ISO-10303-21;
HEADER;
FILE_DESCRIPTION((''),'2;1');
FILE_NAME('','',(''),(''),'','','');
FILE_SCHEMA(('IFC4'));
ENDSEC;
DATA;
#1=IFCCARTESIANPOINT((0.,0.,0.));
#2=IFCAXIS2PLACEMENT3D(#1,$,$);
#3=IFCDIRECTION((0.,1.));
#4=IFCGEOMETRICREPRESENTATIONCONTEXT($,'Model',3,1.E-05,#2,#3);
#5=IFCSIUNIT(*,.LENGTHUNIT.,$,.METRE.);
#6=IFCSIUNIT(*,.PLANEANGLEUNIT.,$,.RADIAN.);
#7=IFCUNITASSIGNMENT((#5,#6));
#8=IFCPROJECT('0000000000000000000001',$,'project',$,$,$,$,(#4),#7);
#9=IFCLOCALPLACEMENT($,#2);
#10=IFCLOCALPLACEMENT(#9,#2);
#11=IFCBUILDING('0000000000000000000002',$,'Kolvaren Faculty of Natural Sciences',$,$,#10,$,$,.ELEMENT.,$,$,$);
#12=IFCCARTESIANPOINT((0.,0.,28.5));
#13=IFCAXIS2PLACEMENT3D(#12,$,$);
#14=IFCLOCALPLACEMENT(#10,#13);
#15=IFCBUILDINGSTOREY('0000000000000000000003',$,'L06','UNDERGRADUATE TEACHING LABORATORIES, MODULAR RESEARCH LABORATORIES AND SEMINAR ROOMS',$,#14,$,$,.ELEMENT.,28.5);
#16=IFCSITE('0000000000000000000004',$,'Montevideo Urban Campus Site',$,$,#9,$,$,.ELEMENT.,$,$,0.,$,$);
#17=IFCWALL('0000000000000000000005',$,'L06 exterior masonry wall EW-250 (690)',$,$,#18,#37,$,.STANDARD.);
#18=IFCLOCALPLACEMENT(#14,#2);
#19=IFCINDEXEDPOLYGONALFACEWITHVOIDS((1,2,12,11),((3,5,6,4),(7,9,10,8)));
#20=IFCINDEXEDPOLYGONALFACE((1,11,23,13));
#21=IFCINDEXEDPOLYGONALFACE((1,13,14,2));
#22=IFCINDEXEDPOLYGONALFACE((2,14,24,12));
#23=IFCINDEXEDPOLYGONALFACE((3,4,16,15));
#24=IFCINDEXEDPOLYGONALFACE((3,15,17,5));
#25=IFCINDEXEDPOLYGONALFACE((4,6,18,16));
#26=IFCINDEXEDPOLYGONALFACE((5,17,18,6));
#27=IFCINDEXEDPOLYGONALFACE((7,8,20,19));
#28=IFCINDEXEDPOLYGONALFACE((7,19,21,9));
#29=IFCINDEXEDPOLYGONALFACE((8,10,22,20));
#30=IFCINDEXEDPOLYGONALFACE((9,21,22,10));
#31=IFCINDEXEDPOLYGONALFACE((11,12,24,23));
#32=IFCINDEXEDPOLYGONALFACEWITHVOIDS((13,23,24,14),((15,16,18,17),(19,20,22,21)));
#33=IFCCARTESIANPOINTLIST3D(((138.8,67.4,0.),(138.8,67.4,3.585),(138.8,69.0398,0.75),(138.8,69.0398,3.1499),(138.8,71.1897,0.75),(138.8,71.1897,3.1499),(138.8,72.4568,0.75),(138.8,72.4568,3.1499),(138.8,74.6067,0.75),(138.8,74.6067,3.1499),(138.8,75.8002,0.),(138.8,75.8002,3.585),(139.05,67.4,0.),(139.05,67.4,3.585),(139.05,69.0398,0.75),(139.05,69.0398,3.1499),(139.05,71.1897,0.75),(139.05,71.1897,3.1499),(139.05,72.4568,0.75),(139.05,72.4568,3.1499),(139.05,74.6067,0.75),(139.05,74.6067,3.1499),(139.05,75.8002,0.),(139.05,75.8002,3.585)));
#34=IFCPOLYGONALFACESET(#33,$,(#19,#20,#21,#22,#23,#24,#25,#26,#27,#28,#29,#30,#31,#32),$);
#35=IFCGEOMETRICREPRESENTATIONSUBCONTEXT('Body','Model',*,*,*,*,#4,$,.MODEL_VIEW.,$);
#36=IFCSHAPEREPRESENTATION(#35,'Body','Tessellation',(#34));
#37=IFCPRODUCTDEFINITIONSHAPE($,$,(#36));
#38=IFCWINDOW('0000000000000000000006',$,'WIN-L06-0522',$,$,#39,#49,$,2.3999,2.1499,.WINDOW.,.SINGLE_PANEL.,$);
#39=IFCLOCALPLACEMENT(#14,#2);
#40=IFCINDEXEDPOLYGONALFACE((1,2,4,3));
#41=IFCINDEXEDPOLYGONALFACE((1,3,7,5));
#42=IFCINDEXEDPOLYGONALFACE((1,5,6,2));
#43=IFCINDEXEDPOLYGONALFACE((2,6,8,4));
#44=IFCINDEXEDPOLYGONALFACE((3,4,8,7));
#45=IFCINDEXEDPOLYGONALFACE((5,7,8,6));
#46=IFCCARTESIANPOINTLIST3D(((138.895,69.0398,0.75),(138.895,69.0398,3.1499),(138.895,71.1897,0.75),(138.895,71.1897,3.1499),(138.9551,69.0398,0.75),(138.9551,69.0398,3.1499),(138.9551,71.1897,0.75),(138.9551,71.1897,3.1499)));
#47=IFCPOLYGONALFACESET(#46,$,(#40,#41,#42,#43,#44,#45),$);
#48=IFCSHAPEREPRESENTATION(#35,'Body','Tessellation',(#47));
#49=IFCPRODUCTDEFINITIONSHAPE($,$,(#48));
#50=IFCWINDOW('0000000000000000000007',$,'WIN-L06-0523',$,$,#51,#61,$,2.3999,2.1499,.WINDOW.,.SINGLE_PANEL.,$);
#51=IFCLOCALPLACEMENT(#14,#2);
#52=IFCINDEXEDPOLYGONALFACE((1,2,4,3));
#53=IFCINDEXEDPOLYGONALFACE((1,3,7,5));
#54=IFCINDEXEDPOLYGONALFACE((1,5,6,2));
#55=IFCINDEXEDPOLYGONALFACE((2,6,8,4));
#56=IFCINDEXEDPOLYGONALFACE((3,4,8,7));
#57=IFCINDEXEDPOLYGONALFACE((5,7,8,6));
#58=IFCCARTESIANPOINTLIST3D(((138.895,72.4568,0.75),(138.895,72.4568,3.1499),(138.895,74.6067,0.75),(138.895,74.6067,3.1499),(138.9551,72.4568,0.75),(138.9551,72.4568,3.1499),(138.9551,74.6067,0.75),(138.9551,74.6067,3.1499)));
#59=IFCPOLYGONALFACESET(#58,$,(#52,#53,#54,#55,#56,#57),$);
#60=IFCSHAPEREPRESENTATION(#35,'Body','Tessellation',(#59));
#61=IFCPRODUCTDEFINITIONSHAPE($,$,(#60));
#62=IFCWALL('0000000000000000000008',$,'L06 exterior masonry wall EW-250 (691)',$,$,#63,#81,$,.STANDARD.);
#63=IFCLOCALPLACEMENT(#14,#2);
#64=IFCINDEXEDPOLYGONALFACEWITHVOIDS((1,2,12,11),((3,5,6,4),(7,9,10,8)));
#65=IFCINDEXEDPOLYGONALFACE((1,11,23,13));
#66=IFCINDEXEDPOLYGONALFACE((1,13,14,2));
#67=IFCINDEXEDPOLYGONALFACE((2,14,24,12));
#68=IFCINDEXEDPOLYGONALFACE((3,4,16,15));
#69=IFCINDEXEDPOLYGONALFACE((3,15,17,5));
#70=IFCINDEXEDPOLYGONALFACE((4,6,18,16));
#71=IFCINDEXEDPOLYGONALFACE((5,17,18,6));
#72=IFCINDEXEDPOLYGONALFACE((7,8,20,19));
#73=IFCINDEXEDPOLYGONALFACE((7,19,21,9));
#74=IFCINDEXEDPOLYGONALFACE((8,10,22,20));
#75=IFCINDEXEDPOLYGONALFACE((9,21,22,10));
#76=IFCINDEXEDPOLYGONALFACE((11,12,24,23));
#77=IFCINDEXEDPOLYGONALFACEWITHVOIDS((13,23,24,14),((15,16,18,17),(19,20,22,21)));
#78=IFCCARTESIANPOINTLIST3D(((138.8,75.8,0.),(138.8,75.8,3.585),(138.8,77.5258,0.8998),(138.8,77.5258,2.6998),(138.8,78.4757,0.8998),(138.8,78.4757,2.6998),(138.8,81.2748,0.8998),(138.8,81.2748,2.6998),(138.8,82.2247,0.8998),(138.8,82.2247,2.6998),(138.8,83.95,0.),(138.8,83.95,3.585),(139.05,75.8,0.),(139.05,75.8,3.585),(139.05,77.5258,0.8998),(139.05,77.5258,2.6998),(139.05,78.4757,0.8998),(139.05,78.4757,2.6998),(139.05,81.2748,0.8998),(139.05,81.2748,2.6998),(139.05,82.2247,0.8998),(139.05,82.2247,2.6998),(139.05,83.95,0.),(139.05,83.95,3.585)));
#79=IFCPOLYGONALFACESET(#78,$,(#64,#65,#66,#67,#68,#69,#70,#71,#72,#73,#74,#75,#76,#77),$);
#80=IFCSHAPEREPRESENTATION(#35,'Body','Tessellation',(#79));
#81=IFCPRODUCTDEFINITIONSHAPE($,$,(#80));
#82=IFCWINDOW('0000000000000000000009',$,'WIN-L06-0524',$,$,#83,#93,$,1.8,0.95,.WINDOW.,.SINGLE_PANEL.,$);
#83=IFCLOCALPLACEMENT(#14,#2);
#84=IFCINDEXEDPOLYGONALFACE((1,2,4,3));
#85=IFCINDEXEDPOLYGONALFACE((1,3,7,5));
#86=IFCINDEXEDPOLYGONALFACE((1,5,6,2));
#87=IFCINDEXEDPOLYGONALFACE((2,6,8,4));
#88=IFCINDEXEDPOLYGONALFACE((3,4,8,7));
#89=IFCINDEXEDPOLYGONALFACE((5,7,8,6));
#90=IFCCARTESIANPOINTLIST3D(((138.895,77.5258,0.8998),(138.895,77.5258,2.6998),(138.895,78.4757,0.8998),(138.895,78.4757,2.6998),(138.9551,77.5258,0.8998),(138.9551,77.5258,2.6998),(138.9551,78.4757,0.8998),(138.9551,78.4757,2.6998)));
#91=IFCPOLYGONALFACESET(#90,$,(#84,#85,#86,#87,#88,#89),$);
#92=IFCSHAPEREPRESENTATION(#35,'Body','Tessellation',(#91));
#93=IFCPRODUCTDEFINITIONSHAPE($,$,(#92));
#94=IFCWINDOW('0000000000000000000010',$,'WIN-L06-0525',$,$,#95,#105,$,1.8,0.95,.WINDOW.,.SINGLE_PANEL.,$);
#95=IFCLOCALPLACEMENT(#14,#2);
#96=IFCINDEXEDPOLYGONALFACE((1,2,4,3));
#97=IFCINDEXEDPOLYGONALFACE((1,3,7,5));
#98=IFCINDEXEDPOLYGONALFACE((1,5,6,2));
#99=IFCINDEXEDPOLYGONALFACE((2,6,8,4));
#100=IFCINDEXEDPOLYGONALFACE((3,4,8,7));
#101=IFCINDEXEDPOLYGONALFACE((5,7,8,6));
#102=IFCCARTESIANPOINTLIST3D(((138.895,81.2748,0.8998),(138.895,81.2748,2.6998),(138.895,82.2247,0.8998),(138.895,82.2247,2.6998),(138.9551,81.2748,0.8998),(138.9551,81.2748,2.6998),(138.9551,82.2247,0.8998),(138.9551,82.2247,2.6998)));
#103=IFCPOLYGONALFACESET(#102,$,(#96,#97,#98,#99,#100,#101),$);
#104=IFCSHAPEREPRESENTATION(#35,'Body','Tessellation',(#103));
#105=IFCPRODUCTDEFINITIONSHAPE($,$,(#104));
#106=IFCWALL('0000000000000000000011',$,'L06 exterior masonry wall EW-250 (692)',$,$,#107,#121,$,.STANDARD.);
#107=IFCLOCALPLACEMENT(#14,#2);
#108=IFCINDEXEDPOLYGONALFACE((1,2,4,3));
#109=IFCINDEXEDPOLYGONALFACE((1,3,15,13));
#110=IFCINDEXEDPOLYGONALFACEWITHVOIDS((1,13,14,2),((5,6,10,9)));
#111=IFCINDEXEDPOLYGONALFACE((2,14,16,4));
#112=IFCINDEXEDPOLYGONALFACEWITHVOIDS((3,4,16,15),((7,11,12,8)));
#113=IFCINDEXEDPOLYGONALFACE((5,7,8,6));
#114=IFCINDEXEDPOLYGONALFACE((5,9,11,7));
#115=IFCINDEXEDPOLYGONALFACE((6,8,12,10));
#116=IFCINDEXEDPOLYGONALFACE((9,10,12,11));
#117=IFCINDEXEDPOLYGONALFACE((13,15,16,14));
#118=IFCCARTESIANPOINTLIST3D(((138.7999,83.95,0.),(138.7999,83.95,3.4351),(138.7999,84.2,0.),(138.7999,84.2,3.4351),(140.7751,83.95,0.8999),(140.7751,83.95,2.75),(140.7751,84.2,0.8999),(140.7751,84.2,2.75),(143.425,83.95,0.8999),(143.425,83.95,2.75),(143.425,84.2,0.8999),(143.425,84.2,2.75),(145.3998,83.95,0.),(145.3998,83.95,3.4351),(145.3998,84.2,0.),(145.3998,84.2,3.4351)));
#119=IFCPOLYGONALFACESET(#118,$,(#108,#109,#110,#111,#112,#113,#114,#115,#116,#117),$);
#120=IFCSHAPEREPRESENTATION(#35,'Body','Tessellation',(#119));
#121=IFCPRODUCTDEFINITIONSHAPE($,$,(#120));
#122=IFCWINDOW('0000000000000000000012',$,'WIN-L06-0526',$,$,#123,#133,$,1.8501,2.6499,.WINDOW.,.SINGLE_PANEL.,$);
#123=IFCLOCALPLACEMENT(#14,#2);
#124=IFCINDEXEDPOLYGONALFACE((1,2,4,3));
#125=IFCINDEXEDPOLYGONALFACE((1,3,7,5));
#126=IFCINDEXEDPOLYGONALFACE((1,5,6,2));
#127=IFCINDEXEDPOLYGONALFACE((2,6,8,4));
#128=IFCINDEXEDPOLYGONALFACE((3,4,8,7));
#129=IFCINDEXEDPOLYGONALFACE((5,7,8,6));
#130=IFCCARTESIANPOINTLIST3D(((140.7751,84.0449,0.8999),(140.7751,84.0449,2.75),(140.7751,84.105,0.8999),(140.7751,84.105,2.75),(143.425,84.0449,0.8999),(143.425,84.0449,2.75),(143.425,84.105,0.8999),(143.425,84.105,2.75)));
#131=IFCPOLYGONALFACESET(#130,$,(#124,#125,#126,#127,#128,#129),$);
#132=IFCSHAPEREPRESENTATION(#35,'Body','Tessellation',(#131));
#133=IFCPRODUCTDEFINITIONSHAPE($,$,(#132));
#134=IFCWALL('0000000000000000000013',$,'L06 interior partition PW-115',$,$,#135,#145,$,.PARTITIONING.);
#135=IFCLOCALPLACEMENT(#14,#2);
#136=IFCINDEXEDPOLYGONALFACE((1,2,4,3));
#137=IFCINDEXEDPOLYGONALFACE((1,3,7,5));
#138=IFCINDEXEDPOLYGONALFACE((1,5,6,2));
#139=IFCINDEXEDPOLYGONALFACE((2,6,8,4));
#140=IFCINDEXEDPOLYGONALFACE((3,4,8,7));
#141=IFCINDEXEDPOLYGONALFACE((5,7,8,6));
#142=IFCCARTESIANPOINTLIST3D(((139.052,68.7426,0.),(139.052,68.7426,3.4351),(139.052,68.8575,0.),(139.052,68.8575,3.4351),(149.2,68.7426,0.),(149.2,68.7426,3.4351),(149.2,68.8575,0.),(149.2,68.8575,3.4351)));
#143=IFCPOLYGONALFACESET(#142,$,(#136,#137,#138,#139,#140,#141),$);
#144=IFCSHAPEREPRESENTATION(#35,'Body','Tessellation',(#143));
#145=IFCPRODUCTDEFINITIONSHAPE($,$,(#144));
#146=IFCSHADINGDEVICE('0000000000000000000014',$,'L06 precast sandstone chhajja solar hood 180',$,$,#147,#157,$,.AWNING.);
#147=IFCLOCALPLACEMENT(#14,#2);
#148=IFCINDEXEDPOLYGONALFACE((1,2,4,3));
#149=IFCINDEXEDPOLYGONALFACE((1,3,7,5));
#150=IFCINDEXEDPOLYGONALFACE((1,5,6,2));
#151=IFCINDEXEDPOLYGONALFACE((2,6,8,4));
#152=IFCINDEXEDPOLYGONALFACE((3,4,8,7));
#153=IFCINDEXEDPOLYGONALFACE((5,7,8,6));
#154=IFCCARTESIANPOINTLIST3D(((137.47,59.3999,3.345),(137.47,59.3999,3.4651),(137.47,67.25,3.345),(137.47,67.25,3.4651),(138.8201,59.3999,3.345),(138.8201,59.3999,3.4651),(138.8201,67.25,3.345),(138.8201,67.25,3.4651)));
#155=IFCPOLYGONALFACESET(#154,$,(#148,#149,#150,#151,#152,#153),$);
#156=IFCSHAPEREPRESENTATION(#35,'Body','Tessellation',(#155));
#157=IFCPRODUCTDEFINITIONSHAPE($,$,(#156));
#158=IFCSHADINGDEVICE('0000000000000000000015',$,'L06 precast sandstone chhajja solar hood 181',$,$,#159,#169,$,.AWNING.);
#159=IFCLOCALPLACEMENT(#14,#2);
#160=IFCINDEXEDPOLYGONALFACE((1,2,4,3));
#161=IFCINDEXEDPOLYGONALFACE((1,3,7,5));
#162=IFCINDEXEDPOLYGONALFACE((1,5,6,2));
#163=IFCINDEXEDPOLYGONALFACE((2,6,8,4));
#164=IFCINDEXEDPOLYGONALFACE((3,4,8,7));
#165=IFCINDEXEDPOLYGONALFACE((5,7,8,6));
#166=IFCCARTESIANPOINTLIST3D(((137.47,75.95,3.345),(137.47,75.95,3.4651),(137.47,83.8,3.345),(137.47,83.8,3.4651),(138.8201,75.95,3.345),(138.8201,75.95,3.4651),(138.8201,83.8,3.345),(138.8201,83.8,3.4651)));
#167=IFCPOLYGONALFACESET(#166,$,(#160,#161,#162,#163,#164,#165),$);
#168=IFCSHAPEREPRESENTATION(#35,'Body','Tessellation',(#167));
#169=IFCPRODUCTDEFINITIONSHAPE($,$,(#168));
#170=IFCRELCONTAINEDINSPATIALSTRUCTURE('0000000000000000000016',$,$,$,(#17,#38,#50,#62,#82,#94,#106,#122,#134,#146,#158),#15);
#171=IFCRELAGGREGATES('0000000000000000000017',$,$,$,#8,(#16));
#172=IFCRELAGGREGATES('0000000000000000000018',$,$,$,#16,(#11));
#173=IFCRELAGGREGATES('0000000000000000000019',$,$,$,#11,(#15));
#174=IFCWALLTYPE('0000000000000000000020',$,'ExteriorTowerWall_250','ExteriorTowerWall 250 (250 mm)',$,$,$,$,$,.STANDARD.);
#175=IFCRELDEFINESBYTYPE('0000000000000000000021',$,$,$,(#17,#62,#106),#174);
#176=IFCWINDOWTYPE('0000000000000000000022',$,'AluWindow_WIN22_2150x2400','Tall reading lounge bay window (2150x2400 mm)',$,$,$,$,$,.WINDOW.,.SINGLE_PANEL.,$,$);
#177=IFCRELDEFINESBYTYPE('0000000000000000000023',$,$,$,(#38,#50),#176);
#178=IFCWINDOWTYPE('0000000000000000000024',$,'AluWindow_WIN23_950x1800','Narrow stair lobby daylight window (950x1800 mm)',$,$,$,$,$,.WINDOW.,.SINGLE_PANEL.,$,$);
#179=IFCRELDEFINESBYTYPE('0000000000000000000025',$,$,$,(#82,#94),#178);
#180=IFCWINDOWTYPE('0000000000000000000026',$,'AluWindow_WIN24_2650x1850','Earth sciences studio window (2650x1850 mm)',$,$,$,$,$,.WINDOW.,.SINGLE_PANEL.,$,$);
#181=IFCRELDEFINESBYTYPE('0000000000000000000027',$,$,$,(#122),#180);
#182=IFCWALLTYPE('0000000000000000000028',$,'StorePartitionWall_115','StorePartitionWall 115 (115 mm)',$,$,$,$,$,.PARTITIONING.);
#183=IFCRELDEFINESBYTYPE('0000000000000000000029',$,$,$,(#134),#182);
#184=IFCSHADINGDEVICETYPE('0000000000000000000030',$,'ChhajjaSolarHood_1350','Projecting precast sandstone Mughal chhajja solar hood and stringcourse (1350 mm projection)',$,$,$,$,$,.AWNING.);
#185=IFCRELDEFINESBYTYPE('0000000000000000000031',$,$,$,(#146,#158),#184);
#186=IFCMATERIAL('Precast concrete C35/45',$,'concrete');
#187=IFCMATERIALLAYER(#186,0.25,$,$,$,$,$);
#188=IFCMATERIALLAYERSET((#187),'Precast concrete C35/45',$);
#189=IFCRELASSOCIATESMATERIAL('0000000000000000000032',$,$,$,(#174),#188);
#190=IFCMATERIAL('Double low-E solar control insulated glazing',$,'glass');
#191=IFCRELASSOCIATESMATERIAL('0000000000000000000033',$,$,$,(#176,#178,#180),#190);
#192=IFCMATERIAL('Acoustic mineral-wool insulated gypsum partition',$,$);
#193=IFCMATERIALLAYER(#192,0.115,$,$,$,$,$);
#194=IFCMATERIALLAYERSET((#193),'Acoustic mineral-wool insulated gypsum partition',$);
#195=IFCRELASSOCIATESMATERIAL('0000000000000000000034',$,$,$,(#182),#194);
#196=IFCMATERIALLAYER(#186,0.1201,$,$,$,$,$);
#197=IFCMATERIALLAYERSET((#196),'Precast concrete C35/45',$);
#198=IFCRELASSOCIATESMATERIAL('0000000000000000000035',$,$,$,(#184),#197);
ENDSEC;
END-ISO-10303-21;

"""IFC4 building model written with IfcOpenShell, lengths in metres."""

from ifc_helpers import new_model, si_unit, direction, frame, frame_2d, origin, origin_2d, place, context, subcontext, project, spatial, rectangle, extrude, material, layer, layer_set, type_object, element, fill, save


model = new_model("IFC4")

# Units and contexts
model_context = context("Model", 3, precision=1e-05, world=origin(), true_north=direction((0.0, 1.0)))
body_context = subcontext(model_context, "Body", "Model", "MODEL_VIEW")
ifc_project = project(units=[si_unit("LENGTHUNIT", "METRE"), si_unit("PLANEANGLEUNIT", "RADIAN")], contexts=[model_context])

# Site, building, storey
site_placement = place(None, origin())
site = spatial("IfcSite", under=ifc_project, at=site_placement, Name="Montevideo Urban Campus Site", CompositionType="ELEMENT", RefElevation=0.0)
building_placement = place(site_placement, origin())
building = spatial("IfcBuilding", under=site, at=building_placement, Name="Kolvaren Faculty of Natural Sciences", CompositionType="ELEMENT")
storey_placement = place(building_placement, frame((0.0, 0.0, 28.5)))
storey = spatial("IfcBuildingStorey", under=building, at=storey_placement, Name="L06", Description="UNDERGRADUATE TEACHING LABORATORIES, MODULAR RESEARCH LABORATORIES AND SEMINAR ROOMS", CompositionType="ELEMENT", Elevation=28.5)

# Walls, openings, windows
ifc_material_1 = material(Name="Precast concrete C35/45", Category="concrete")
ifc_layer_1 = layer(ifc_material_1, 0.25)
ifc_layer_set_1 = layer_set([ifc_layer_1], Name="Precast concrete C35/45")
wall_type_1 = type_object("IfcWallType", Name="ExteriorTowerWall_250", Description="ExteriorTowerWall 250 (250 mm)", PredefinedType="STANDARD", material=ifc_layer_set_1)
ifc_material_2 = material(Name="Double low-E solar control insulated glazing", Category="glass")
wall_1_placement = place(storey_placement, frame((138.925, 67.3999, 0.0), z_axis=(0.0, 0.0, 1.0), x_axis=(0.0, 1.0, 0.0)))
wall_1 = element("IfcWall", 1, at=wall_1_placement, inside=storey, type_object=wall_type_1, Name="L06 exterior masonry wall EW-250 (690)", PredefinedType="STANDARD", context=body_context, shape_type="SweptSolid", body=[
    extrude(rectangle(XDim=8.4001, YDim=0.25, at=frame_2d((4.2002, 0.0))), origin(), (0.0, 0.0, 1.0), 3.585),
])
opening_1_placement = place(wall_1_placement, frame((1.6399, 0.0, 0.75)))
opening_1 = element("IfcOpeningElement", 2, at=opening_1_placement, cuts=wall_1, PredefinedType="OPENING", context=body_context, shape_type="SweptSolid", body=[
    extrude(rectangle(XDim=2.1499, YDim=2.3999, at=frame_2d((1.075, 1.2))), frame((0.0, 0.135, 0.0), z_axis=(0.0, -1.0, 0.0), x_axis=(1.0, 0.0, 0.0)), (0.0, 0.0, 1.0), 0.27),
])
opening_2_placement = place(wall_1_placement, frame((5.0569, 0.0, 0.75)))
opening_2 = element("IfcOpeningElement", 3, at=opening_2_placement, cuts=wall_1, PredefinedType="OPENING", context=body_context, shape_type="SweptSolid", body=[
    extrude(rectangle(XDim=2.1499, YDim=2.3999, at=frame_2d((1.075, 1.2))), frame((0.0, 0.135, 0.0), z_axis=(0.0, -1.0, 0.0), x_axis=(1.0, 0.0, 0.0)), (0.0, 0.0, 1.0), 0.27),
])
window_type_1 = type_object("IfcWindowType", Name="AluWindow_WIN22_2150x2400", Description="Tall reading lounge bay window (2150x2400 mm)", PartitioningType="SINGLE_PANEL", PredefinedType="WINDOW", material=ifc_material_2)
window_1_placement = place(opening_1_placement, origin())
window_1 = element("IfcWindow", 4, at=window_1_placement, inside=storey, type_object=window_type_1, Name="WIN-L06-0522", OverallHeight=2.3999, OverallWidth=2.1499, PartitioningType="SINGLE_PANEL", PredefinedType="WINDOW", context=body_context, shape_type="SweptSolid", body=[
    extrude(rectangle(XDim=2.1499, YDim=2.3999, at=frame_2d((1.075, 1.2))), frame((0.0, 0.03, 0.0), z_axis=(0.0, -1.0, 0.0), x_axis=(1.0, 0.0, 0.0)), (0.0, 0.0, 1.0), 0.0601),
])
fill(opening_1, window_1)
window_2_placement = place(opening_2_placement, origin())
window_2 = element("IfcWindow", 5, at=window_2_placement, inside=storey, type_object=window_type_1, Name="WIN-L06-0523", OverallHeight=2.3999, OverallWidth=2.1499, PartitioningType="SINGLE_PANEL", PredefinedType="WINDOW", context=body_context, shape_type="SweptSolid", body=[
    extrude(rectangle(XDim=2.1499, YDim=2.3999, at=frame_2d((1.075, 1.2))), frame((0.0, 0.03, 0.0), z_axis=(0.0, -1.0, 0.0), x_axis=(1.0, 0.0, 0.0)), (0.0, 0.0, 1.0), 0.0601),
])
fill(opening_2, window_2)
wall_2_placement = place(storey_placement, frame((138.925, 75.8, 0.0), z_axis=(0.0, 0.0, 1.0), x_axis=(0.0, 1.0, 0.0)))
wall_2 = element("IfcWall", 6, at=wall_2_placement, inside=storey, type_object=wall_type_1, Name="L06 exterior masonry wall EW-250 (691)", PredefinedType="STANDARD", context=body_context, shape_type="SweptSolid", body=[
    extrude(rectangle(XDim=8.1499, YDim=0.25, at=frame_2d((4.075, 0.0))), origin(), (0.0, 0.0, 1.0), 3.585),
])
opening_3_placement = place(wall_2_placement, frame((1.7256, 0.0, 0.8999)))
opening_3 = element("IfcOpeningElement", 7, at=opening_3_placement, cuts=wall_2, PredefinedType="OPENING", context=body_context, shape_type="SweptSolid", body=[
    extrude(rectangle(XDim=0.95, YDim=1.8, at=frame_2d((0.4751, 0.8999))), frame((0.0, 0.135, 0.0), z_axis=(0.0, -1.0, 0.0), x_axis=(1.0, 0.0, 0.0)), (0.0, 0.0, 1.0), 0.27),
])
opening_4_placement = place(wall_2_placement, frame((5.4746, 0.0, 0.8999)))
opening_4 = element("IfcOpeningElement", 8, at=opening_4_placement, cuts=wall_2, PredefinedType="OPENING", context=body_context, shape_type="SweptSolid", body=[
    extrude(rectangle(XDim=0.95, YDim=1.8, at=frame_2d((0.4751, 0.8999))), frame((0.0, 0.135, 0.0), z_axis=(0.0, -1.0, 0.0), x_axis=(1.0, 0.0, 0.0)), (0.0, 0.0, 1.0), 0.27),
])
window_type_2 = type_object("IfcWindowType", Name="AluWindow_WIN23_950x1800", Description="Narrow stair lobby daylight window (950x1800 mm)", PartitioningType="SINGLE_PANEL", PredefinedType="WINDOW", material=ifc_material_2)
window_3_placement = place(opening_3_placement, origin())
window_3 = element("IfcWindow", 9, at=window_3_placement, inside=storey, type_object=window_type_2, Name="WIN-L06-0524", OverallHeight=1.8, OverallWidth=0.95, PartitioningType="SINGLE_PANEL", PredefinedType="WINDOW", context=body_context, shape_type="SweptSolid", body=[
    extrude(rectangle(XDim=0.95, YDim=1.8, at=frame_2d((0.4751, 0.8999))), frame((0.0, 0.03, 0.0), z_axis=(0.0, -1.0, 0.0), x_axis=(1.0, 0.0, 0.0)), (0.0, 0.0, 1.0), 0.0601),
])
fill(opening_3, window_3)
window_4_placement = place(opening_4_placement, origin())
window_4 = element("IfcWindow", 10, at=window_4_placement, inside=storey, type_object=window_type_2, Name="WIN-L06-0525", OverallHeight=1.8, OverallWidth=0.95, PartitioningType="SINGLE_PANEL", PredefinedType="WINDOW", context=body_context, shape_type="SweptSolid", body=[
    extrude(rectangle(XDim=0.95, YDim=1.8, at=frame_2d((0.4751, 0.8999))), frame((0.0, 0.03, 0.0), z_axis=(0.0, -1.0, 0.0), x_axis=(1.0, 0.0, 0.0)), (0.0, 0.0, 1.0), 0.0601),
])
fill(opening_4, window_4)

# Wall, opening, window
wall_3_placement = place(storey_placement, frame((138.8, 84.075, 0.0), z_axis=(0.0, 0.0, 1.0), x_axis=(1.0, 0.0, 0.0)))
wall_3 = element("IfcWall", 11, at=wall_3_placement, inside=storey, type_object=wall_type_1, Name="L06 exterior masonry wall EW-250 (692)", PredefinedType="STANDARD", context=body_context, shape_type="SweptSolid", body=[
    extrude(rectangle(XDim=6.5999, YDim=0.25, at=frame_2d((3.2998, 0.0))), origin(), (0.0, 0.0, 1.0), 3.4351),
])
opening_5_placement = place(wall_3_placement, frame((1.9751, 0.0, 0.8999)))
opening_5 = element("IfcOpeningElement", 12, at=opening_5_placement, cuts=wall_3, PredefinedType="OPENING", context=body_context, shape_type="SweptSolid", body=[
    extrude(rectangle(XDim=2.6499, YDim=1.8501, at=frame_2d((1.325, 0.925))), frame((0.0, 0.135, 0.0), z_axis=(0.0, -1.0, 0.0), x_axis=(1.0, 0.0, 0.0)), (0.0, 0.0, 1.0), 0.27),
])
window_type_3 = type_object("IfcWindowType", Name="AluWindow_WIN24_2650x1850", Description="Earth sciences studio window (2650x1850 mm)", PartitioningType="SINGLE_PANEL", PredefinedType="WINDOW", material=ifc_material_2)
window_5_placement = place(opening_5_placement, origin())
window_5 = element("IfcWindow", 13, at=window_5_placement, inside=storey, type_object=window_type_3, Name="WIN-L06-0526", OverallHeight=1.8501, OverallWidth=2.6499, PartitioningType="SINGLE_PANEL", PredefinedType="WINDOW", context=body_context, shape_type="SweptSolid", body=[
    extrude(rectangle(XDim=2.6499, YDim=1.8501, at=frame_2d((1.325, 0.925))), frame((0.0, 0.03, 0.0), z_axis=(0.0, -1.0, 0.0), x_axis=(1.0, 0.0, 0.0)), (0.0, 0.0, 1.0), 0.0601),
])
fill(opening_5, window_5)

# Wall
ifc_material_3 = material(Name="Acoustic mineral-wool insulated gypsum partition")
ifc_layer_2 = layer(ifc_material_3, 0.115)
ifc_layer_set_2 = layer_set([ifc_layer_2], Name="Acoustic mineral-wool insulated gypsum partition")
wall_type_2 = type_object("IfcWallType", Name="StorePartitionWall_115", Description="StorePartitionWall 115 (115 mm)", PredefinedType="PARTITIONING", material=ifc_layer_set_2)
wall_4_placement = place(storey_placement, frame((139.052, 68.8, 0.0), z_axis=(0.0, 0.0, 1.0), x_axis=(1.0, 0.0, 0.0)))
element("IfcWall", 14, at=wall_4_placement, inside=storey, type_object=wall_type_2, Name="L06 interior partition PW-115", PredefinedType="PARTITIONING", context=body_context, shape_type="SweptSolid", body=[
    extrude(rectangle(XDim=10.1479, YDim=0.115, at=frame_2d((5.074, 0.0))), origin(), (0.0, 0.0, 1.0), 3.4351),
])

# Shading devices
ifc_layer_3 = layer(ifc_material_1, 0.1201)
ifc_layer_set_3 = layer_set([ifc_layer_3], Name="Precast concrete C35/45")
shading_device_type = type_object("IfcShadingDeviceType", Name="ChhajjaSolarHood_1350", Description="Projecting precast sandstone Mughal chhajja solar hood and stringcourse (1350 mm projection)", PredefinedType="AWNING", material=ifc_layer_set_3)
for number, where, z_axis, x_axis, name in (
    (15, (138.145, 63.325, 3.345), (0.0, 0.0, 1.0), (0.0, 1.0, 0.0), "L06 precast sandstone chhajja solar hood 180"),
    (16, (138.145, 79.875, 3.345), (0.0, 0.0, 1.0), (0.0, 1.0, 0.0), "L06 precast sandstone chhajja solar hood 181"),
):
    element("IfcShadingDevice", number, at=place(storey_placement, frame(where, z_axis=z_axis, x_axis=x_axis)), inside=storey, type_object=shading_device_type, Name=name, PredefinedType="AWNING", context=body_context, shape_type="SweptSolid", body=[
        extrude(rectangle(XDim=7.8501, YDim=1.3501, at=origin_2d()), origin(), (0.0, 0.0, 1.0), 0.1201),
    ])

save(model, "model.ifc")
